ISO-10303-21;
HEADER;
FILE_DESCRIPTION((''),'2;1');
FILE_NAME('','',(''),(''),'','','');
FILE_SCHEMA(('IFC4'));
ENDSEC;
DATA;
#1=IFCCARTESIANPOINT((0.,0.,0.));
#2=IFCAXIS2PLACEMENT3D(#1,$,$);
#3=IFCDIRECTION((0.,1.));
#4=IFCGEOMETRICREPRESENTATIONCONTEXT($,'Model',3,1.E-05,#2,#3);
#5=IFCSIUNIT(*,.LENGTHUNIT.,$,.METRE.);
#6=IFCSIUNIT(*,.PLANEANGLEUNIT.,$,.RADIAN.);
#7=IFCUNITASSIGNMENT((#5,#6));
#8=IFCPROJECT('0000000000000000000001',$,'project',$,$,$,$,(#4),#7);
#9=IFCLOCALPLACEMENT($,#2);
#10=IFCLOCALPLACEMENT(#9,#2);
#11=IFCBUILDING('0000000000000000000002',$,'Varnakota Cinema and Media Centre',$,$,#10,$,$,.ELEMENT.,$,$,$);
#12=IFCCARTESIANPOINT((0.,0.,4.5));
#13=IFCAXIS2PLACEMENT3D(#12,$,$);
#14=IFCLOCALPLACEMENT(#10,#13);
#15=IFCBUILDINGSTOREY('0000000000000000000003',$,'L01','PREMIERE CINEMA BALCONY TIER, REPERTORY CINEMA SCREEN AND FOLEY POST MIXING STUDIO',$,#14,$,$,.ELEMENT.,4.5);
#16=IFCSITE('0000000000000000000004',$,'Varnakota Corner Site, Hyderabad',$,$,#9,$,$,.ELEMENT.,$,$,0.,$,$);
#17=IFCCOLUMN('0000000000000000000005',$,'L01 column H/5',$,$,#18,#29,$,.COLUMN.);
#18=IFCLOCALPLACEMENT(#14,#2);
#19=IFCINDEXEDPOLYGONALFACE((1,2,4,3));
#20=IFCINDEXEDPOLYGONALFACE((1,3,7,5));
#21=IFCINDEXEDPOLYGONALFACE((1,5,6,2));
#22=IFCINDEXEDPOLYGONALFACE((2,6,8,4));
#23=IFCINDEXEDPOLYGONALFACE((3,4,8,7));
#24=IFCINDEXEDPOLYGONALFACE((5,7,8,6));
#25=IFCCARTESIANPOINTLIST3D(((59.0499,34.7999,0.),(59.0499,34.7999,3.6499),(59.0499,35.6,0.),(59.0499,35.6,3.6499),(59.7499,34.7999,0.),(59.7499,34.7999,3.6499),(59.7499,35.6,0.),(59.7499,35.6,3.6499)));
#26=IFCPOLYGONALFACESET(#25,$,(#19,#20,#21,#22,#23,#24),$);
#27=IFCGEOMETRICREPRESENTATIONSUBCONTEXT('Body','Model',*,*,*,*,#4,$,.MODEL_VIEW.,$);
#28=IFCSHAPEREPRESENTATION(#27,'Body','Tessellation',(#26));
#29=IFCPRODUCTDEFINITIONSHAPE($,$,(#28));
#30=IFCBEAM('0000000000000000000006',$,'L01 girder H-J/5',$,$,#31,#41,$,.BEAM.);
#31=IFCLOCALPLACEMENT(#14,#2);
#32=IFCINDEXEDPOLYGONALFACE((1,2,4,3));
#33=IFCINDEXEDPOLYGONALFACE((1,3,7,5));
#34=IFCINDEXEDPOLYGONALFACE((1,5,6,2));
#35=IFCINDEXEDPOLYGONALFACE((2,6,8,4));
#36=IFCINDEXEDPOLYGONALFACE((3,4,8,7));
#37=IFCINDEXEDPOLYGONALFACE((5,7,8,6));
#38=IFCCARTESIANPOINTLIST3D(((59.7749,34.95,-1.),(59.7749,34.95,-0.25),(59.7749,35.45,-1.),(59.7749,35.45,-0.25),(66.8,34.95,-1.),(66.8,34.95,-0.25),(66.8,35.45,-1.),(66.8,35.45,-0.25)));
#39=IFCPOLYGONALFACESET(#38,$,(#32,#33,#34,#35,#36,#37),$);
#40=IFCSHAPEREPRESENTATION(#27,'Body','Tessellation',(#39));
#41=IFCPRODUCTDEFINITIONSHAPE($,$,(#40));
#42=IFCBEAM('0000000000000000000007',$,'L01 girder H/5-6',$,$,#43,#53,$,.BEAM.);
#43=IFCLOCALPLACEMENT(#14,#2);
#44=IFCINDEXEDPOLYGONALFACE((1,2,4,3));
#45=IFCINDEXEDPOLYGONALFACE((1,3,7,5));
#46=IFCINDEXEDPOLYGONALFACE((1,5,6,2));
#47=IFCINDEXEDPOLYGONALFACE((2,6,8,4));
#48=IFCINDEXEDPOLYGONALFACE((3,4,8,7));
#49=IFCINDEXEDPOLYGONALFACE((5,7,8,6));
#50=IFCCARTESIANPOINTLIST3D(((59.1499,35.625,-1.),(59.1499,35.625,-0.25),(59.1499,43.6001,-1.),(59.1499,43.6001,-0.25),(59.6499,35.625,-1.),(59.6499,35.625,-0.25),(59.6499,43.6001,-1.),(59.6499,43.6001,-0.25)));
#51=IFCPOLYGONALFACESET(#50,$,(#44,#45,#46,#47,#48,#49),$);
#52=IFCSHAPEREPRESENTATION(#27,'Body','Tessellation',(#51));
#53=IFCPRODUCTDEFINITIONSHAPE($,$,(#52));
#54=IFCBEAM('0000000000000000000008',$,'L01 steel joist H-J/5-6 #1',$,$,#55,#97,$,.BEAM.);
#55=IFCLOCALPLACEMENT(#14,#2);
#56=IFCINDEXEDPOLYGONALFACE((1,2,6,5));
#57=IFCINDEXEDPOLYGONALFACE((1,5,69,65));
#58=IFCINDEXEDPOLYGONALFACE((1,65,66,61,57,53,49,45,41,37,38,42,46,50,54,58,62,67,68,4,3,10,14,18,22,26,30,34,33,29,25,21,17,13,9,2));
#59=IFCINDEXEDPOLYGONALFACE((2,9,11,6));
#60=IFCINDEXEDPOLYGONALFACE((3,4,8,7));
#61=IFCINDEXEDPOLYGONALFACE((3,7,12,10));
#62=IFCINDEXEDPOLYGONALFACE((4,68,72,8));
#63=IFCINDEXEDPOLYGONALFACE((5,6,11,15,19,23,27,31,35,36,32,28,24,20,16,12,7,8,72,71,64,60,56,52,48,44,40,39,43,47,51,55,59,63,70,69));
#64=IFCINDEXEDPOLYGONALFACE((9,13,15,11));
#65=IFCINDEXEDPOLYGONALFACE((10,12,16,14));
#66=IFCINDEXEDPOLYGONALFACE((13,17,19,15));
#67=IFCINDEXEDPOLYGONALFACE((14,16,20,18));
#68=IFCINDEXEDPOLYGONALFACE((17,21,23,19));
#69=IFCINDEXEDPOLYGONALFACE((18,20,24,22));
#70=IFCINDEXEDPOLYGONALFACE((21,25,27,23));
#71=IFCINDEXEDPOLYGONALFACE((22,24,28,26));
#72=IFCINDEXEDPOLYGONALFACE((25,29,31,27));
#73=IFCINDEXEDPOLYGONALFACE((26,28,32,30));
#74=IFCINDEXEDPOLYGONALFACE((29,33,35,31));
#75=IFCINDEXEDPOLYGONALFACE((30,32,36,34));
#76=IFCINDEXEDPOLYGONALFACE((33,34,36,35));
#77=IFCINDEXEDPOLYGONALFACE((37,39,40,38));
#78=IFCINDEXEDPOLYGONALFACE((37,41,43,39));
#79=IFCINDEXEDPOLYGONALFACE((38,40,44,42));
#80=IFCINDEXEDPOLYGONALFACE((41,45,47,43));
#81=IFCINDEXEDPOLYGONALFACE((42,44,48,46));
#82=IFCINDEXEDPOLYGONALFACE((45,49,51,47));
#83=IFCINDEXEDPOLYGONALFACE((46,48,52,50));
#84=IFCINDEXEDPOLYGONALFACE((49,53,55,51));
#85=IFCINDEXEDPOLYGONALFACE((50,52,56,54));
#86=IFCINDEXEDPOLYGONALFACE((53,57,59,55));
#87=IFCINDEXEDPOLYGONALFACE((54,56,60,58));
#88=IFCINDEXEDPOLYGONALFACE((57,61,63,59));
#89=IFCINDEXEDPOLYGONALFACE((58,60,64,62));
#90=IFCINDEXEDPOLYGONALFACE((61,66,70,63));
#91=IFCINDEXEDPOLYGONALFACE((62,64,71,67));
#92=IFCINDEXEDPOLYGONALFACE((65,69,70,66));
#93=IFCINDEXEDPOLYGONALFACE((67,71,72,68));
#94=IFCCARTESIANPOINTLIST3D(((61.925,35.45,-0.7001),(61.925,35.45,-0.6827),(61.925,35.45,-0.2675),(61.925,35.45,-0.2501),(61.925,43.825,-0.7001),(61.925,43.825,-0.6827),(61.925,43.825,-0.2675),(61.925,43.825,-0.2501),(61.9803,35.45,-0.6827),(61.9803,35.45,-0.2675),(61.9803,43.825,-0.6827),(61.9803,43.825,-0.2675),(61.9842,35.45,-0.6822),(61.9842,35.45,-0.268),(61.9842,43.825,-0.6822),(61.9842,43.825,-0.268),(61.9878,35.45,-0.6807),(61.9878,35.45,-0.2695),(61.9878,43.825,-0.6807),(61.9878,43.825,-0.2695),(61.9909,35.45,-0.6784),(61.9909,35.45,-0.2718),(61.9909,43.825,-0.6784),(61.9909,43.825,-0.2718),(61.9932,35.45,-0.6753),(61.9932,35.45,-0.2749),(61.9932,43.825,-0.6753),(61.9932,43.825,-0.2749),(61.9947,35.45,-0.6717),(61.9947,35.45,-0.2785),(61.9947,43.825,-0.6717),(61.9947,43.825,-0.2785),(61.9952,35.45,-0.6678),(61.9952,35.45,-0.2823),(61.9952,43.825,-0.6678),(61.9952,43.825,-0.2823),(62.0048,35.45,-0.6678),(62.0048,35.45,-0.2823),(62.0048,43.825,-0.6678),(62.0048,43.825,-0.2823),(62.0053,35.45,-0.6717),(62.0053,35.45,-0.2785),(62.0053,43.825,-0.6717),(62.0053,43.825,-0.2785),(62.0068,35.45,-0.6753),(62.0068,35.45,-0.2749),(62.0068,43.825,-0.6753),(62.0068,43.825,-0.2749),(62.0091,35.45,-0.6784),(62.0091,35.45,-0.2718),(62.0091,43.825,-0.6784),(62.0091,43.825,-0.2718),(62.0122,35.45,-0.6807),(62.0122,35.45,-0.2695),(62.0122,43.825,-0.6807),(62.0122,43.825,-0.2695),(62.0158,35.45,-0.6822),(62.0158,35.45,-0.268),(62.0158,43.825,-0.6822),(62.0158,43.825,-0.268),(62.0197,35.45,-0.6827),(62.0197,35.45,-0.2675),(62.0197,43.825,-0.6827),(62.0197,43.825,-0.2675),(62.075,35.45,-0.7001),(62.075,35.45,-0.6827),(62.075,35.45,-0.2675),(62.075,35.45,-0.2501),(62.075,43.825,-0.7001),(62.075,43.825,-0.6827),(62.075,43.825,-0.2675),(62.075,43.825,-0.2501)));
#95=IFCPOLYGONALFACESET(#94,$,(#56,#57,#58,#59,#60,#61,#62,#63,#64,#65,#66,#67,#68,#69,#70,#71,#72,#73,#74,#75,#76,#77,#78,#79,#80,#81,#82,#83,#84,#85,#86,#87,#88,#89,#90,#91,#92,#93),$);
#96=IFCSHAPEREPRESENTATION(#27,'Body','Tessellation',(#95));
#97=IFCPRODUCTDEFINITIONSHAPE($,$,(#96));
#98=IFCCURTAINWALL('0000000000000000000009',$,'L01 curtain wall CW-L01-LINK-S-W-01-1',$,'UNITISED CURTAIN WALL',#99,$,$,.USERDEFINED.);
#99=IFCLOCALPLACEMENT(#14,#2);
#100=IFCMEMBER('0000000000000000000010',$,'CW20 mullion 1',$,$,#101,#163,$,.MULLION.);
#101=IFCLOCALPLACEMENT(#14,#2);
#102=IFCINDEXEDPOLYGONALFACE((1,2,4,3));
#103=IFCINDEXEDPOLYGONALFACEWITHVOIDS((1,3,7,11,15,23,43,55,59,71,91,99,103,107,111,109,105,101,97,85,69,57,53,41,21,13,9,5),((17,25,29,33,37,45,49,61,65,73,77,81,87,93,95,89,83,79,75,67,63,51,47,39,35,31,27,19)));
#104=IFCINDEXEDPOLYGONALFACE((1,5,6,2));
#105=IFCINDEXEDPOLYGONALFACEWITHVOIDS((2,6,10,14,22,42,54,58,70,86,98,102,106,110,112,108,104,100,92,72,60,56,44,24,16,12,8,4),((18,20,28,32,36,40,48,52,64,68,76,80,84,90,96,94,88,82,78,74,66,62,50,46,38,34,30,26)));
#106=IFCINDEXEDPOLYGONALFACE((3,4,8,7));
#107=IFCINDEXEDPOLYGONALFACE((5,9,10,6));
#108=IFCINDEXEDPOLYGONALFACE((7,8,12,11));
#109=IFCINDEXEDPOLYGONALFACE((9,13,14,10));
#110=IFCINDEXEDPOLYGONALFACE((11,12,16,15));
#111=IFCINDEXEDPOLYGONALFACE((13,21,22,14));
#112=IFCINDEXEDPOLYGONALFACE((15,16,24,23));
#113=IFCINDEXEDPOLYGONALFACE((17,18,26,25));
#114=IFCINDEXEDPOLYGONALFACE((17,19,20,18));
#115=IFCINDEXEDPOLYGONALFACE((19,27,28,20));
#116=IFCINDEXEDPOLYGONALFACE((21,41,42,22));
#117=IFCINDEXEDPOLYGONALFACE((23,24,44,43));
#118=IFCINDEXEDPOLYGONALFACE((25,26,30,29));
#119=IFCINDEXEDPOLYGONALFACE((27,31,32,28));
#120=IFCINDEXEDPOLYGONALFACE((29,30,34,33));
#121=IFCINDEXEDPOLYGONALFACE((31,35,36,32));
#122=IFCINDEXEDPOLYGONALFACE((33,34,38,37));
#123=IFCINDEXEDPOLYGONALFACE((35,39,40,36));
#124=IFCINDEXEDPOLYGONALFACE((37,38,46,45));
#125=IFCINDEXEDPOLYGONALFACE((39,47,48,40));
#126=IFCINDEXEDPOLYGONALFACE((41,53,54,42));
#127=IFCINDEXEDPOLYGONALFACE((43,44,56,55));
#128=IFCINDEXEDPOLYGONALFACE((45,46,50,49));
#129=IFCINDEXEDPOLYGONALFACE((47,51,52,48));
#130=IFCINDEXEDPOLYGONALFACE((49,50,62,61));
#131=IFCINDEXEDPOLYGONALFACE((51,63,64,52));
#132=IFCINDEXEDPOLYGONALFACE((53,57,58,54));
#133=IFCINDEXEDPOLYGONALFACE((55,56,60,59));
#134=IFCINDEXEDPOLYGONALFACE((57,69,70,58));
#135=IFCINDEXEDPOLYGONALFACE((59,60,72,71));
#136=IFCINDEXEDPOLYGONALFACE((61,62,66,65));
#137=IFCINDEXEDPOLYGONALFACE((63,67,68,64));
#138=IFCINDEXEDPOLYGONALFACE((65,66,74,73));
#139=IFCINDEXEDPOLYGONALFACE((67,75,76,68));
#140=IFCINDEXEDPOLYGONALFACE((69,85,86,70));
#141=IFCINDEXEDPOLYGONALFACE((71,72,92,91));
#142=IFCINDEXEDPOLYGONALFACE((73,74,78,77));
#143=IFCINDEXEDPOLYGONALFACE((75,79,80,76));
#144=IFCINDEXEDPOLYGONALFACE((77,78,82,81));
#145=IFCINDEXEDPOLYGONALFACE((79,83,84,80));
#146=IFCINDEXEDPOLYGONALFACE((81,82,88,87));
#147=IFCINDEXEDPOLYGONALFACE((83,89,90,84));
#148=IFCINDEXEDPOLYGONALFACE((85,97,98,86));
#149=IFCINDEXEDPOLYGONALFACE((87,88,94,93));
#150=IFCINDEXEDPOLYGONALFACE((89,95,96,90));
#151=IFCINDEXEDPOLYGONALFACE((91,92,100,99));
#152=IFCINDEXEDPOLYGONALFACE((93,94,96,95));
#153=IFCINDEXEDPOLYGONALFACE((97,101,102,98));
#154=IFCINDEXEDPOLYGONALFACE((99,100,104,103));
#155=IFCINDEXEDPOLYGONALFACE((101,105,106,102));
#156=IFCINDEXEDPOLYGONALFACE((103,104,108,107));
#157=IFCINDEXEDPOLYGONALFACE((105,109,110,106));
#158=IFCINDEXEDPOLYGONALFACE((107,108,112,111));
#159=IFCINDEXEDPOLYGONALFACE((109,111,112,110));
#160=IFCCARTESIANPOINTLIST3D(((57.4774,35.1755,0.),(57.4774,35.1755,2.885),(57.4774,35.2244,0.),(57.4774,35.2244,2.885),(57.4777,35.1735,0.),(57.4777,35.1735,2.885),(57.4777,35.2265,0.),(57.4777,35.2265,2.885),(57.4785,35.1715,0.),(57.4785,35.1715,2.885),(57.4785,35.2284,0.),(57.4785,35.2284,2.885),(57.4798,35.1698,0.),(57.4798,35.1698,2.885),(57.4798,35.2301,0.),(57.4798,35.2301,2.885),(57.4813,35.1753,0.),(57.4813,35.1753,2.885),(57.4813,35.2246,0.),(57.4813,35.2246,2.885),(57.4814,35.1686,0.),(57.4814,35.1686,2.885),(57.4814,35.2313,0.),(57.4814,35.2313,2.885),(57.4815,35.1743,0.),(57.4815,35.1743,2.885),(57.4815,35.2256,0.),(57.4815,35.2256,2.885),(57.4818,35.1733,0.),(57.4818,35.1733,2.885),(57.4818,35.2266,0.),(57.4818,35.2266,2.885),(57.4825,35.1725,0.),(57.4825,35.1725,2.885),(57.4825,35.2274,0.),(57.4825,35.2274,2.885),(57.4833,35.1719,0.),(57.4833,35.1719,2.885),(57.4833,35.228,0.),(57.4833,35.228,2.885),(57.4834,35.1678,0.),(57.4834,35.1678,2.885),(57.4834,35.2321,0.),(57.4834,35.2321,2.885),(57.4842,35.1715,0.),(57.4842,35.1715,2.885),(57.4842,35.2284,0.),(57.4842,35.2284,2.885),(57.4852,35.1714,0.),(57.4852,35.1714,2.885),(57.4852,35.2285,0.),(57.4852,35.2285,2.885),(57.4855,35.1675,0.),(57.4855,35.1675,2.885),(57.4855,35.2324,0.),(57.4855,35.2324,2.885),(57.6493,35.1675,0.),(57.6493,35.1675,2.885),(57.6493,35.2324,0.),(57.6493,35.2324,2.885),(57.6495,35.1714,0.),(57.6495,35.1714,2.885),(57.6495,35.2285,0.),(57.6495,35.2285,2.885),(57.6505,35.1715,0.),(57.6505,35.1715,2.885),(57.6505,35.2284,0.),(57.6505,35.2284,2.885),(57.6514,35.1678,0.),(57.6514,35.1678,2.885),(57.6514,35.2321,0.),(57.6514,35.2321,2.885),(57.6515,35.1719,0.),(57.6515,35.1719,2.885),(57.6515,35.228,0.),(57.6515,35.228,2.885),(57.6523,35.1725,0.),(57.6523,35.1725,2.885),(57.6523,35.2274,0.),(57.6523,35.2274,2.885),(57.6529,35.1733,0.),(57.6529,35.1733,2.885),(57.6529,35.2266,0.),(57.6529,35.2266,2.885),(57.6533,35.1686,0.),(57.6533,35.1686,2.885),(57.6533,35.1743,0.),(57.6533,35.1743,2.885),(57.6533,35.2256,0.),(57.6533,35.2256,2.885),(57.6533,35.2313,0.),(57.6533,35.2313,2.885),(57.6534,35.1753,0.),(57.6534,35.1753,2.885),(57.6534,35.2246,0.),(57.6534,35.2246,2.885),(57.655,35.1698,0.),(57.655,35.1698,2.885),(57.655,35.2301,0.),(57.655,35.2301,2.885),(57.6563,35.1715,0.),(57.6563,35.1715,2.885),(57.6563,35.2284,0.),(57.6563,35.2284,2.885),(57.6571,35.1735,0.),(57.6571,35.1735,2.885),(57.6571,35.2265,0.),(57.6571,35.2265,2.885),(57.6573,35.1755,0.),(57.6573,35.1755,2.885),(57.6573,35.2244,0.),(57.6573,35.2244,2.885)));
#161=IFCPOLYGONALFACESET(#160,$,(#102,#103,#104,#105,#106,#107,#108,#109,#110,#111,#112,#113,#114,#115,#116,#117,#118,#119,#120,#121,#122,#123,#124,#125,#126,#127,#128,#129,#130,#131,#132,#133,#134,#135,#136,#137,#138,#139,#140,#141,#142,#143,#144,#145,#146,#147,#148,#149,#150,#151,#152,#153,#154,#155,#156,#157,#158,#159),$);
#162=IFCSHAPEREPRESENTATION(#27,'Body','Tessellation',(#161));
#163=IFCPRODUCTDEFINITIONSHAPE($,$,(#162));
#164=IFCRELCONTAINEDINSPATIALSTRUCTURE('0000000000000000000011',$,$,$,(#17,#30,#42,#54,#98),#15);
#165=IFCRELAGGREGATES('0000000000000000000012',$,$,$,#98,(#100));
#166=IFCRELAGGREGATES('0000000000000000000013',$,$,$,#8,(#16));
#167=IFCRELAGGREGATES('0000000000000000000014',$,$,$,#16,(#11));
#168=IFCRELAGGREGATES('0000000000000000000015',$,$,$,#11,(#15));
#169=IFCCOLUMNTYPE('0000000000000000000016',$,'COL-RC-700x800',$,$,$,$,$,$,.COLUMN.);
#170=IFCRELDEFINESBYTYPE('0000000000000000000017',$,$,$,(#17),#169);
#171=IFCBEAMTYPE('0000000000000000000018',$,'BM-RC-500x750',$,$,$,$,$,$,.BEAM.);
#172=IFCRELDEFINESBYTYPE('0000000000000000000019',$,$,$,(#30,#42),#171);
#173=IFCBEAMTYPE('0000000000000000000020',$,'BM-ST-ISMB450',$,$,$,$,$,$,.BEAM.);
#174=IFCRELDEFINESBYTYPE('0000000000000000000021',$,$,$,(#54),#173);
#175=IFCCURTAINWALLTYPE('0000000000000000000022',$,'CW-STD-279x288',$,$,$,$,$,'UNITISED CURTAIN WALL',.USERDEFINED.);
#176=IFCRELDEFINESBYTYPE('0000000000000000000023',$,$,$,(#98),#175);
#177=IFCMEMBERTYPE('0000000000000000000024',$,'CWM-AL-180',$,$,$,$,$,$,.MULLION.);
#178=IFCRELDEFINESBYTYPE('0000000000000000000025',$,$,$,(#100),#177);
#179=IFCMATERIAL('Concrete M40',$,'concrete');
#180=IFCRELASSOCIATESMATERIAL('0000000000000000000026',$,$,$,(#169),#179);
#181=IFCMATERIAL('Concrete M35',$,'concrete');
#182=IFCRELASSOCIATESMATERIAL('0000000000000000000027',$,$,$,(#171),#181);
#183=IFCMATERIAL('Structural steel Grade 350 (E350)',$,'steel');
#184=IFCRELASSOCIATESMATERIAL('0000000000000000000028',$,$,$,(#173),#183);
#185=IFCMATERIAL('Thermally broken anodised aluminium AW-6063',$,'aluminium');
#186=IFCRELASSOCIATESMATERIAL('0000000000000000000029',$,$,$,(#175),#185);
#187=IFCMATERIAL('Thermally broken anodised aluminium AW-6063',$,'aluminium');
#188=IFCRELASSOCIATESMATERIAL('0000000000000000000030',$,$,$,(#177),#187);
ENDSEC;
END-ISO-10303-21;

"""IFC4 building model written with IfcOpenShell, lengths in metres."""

from ifc_helpers import new_model, si_unit, direction, frame, origin, origin_2d, place, context, subcontext, project, spatial, rectangle, hollow_rectangle, i_section, extrude, material, material_profile, profile_set, type_object, element, aggregate, save


model = new_model("IFC4")

# Units and contexts
model_context = context("Model", 3, precision=1e-05, world=origin(), true_north=direction((0.0, 1.0)))
body_context = subcontext(model_context, "Body", "Model", "MODEL_VIEW")
ifc_project = project(units=[si_unit("LENGTHUNIT", "METRE"), si_unit("PLANEANGLEUNIT", "RADIAN")], contexts=[model_context])

# Site, building, storey
site_placement = place(None, origin())
site = spatial("IfcSite", under=ifc_project, at=site_placement, Name="Varnakota Corner Site, Hyderabad", CompositionType="ELEMENT", RefElevation=0.0)
building_placement = place(site_placement, origin())
building = spatial("IfcBuilding", under=site, at=building_placement, Name="Varnakota Cinema and Media Centre", CompositionType="ELEMENT")
storey_placement = place(building_placement, frame((0.0, 0.0, 4.5)))
storey = spatial("IfcBuildingStorey", under=building, at=storey_placement, Name="L01", Description="PREMIERE CINEMA BALCONY TIER, REPERTORY CINEMA SCREEN AND FOLEY POST MIXING STUDIO", CompositionType="ELEMENT", Elevation=4.5)

# Column
ifc_material_1 = material(Name="Concrete M40", Category="concrete")
ifc_material_profile_1 = material_profile(ifc_material_1, rectangle(XDim=0.7, YDim=0.8, at=origin_2d()), Name="RC 700x800")
ifc_profile_set_1 = profile_set([ifc_material_profile_1], Name="Concrete M40")
column_type = type_object("IfcColumnType", Name="COL-RC-700x800", PredefinedType="COLUMN", material=ifc_profile_set_1)
column_placement = place(storey_placement, frame((59.3999, 35.2, 0.0), z_axis=(0.0, 0.0, 1.0), x_axis=(1.0, 0.0, 0.0)))
element("IfcColumn", 1, at=column_placement, inside=storey, type_object=column_type, Name="L01 column H/5", PredefinedType="COLUMN", context=body_context, shape_type="SweptSolid", body=[
    extrude(rectangle(XDim=0.7, YDim=0.8, at=origin_2d()), origin(), (0.0, 0.0, 1.0), 3.6499),
])

# Beams
ifc_material_2 = material(Name="Concrete M35", Category="concrete")
ifc_material_profile_2 = material_profile(ifc_material_2, rectangle(XDim=0.5, YDim=0.75, at=origin_2d()), Name="RCB 500x750")
ifc_profile_set_2 = profile_set([ifc_material_profile_2], Name="Concrete M35")
beam_type_1 = type_object("IfcBeamType", Name="BM-RC-500x750", PredefinedType="BEAM", material=ifc_profile_set_2)
beam_1_placement = place(storey_placement, frame((59.7749, 35.2, -0.625), z_axis=(1.0, 0.0, 0.0), x_axis=(0.0, 1.0, 0.0)))
element("IfcBeam", 2, at=beam_1_placement, inside=storey, type_object=beam_type_1, Name="L01 girder H-J/5", PredefinedType="BEAM", context=body_context, shape_type="SweptSolid", body=[
    extrude(rectangle(XDim=0.5, YDim=0.75, at=origin_2d()), origin(), (0.0, 0.0, 1.0), 7.0251),
])
beam_2_placement = place(storey_placement, frame((59.3999, 35.625, -0.625), z_axis=(0.0, 1.0, 0.0), x_axis=(-1.0, 0.0, 0.0)))
element("IfcBeam", 3, at=beam_2_placement, inside=storey, type_object=beam_type_1, Name="L01 girder H/5-6", PredefinedType="BEAM", context=body_context, shape_type="SweptSolid", body=[
    extrude(rectangle(XDim=0.5, YDim=0.75, at=origin_2d()), origin(), (0.0, 0.0, 1.0), 7.9751),
])
ifc_material_3 = material(Name="Structural steel Grade 350 (E350)", Category="steel")
ifc_material_profile_3 = material_profile(ifc_material_3, i_section(OverallWidth=0.1499, OverallDepth=0.45, WebThickness=0.0095, FlangeThickness=0.0173, FilletRadius=0.0149, at=origin_2d()), Name="ISMB 450")
ifc_profile_set_3 = profile_set([ifc_material_profile_3], Name="Structural steel Grade 350 (E350)")
beam_type_2 = type_object("IfcBeamType", Name="BM-ST-ISMB450", PredefinedType="BEAM", material=ifc_profile_set_3)
beam_3_placement = place(storey_placement, frame((62.0, 35.45, -0.4751), z_axis=(0.0, 1.0, 0.0), x_axis=(-1.0, 0.0, 0.0)))
element("IfcBeam", 4, at=beam_3_placement, inside=storey, type_object=beam_type_2, Name="L01 steel joist H-J/5-6 #1", PredefinedType="BEAM", context=body_context, shape_type="SweptSolid", body=[
    extrude(i_section(OverallWidth=0.1499, OverallDepth=0.45, WebThickness=0.0095, FlangeThickness=0.0173, FilletRadius=0.0149, at=origin_2d()), origin(), (0.0, 0.0, 1.0), 8.375),
])

# Curtain wall, member
ifc_material_4 = material(Name="Thermally broken anodised aluminium AW-6063", Category="aluminium")
curtain_wall_type_1 = type_object("IfcCurtainWallType", Name="CW-STD-279x288", ElementType="UNITISED CURTAIN WALL", PredefinedType="USERDEFINED", material=ifc_material_4)
curtain_wall_1_placement = place(storey_placement, origin())
curtain_wall_1 = element("IfcCurtainWall", 5, at=curtain_wall_1_placement, inside=storey, type_object=curtain_wall_type_1, Name="L01 curtain wall CW-L01-LINK-S-W-01-1", ObjectType="UNITISED CURTAIN WALL", PredefinedType="USERDEFINED")
ifc_material_5 = material(Name="Thermally broken anodised aluminium AW-6063", Category="aluminium")
ifc_material_profile_4 = material_profile(ifc_material_5, hollow_rectangle(XDim=0.0649, YDim=0.1799, WallThickness=0.0039, InnerFilletRadius=0.0039, OuterFilletRadius=0.0081, at=origin_2d()), Name="AL-MULLION 180x65x4")
ifc_profile_set_4 = profile_set([ifc_material_profile_4], Name="Thermally broken anodised aluminium AW-6063")
member_type_1 = type_object("IfcMemberType", Name="CWM-AL-180", PredefinedType="MULLION", material=ifc_profile_set_4)
member_1_placement = place(storey_placement, frame((57.5674, 35.2, 0.0), z_axis=(0.0, 0.0, 1.0), x_axis=(0.0, -1.0, 0.0)))
member_1 = element("IfcMember", 6, at=member_1_placement, type_object=member_type_1, Name="CW20 mullion 1", PredefinedType="MULLION", context=body_context, shape_type="SweptSolid", body=[
    extrude(hollow_rectangle(XDim=0.0649, YDim=0.1799, WallThickness=0.0039, InnerFilletRadius=0.0039, OuterFilletRadius=0.0081, at=origin_2d()), origin(), (0.0, 0.0, 1.0), 2.885),
])

aggregate(curtain_wall_1, [member_1])

save(model, "model.ifc")
